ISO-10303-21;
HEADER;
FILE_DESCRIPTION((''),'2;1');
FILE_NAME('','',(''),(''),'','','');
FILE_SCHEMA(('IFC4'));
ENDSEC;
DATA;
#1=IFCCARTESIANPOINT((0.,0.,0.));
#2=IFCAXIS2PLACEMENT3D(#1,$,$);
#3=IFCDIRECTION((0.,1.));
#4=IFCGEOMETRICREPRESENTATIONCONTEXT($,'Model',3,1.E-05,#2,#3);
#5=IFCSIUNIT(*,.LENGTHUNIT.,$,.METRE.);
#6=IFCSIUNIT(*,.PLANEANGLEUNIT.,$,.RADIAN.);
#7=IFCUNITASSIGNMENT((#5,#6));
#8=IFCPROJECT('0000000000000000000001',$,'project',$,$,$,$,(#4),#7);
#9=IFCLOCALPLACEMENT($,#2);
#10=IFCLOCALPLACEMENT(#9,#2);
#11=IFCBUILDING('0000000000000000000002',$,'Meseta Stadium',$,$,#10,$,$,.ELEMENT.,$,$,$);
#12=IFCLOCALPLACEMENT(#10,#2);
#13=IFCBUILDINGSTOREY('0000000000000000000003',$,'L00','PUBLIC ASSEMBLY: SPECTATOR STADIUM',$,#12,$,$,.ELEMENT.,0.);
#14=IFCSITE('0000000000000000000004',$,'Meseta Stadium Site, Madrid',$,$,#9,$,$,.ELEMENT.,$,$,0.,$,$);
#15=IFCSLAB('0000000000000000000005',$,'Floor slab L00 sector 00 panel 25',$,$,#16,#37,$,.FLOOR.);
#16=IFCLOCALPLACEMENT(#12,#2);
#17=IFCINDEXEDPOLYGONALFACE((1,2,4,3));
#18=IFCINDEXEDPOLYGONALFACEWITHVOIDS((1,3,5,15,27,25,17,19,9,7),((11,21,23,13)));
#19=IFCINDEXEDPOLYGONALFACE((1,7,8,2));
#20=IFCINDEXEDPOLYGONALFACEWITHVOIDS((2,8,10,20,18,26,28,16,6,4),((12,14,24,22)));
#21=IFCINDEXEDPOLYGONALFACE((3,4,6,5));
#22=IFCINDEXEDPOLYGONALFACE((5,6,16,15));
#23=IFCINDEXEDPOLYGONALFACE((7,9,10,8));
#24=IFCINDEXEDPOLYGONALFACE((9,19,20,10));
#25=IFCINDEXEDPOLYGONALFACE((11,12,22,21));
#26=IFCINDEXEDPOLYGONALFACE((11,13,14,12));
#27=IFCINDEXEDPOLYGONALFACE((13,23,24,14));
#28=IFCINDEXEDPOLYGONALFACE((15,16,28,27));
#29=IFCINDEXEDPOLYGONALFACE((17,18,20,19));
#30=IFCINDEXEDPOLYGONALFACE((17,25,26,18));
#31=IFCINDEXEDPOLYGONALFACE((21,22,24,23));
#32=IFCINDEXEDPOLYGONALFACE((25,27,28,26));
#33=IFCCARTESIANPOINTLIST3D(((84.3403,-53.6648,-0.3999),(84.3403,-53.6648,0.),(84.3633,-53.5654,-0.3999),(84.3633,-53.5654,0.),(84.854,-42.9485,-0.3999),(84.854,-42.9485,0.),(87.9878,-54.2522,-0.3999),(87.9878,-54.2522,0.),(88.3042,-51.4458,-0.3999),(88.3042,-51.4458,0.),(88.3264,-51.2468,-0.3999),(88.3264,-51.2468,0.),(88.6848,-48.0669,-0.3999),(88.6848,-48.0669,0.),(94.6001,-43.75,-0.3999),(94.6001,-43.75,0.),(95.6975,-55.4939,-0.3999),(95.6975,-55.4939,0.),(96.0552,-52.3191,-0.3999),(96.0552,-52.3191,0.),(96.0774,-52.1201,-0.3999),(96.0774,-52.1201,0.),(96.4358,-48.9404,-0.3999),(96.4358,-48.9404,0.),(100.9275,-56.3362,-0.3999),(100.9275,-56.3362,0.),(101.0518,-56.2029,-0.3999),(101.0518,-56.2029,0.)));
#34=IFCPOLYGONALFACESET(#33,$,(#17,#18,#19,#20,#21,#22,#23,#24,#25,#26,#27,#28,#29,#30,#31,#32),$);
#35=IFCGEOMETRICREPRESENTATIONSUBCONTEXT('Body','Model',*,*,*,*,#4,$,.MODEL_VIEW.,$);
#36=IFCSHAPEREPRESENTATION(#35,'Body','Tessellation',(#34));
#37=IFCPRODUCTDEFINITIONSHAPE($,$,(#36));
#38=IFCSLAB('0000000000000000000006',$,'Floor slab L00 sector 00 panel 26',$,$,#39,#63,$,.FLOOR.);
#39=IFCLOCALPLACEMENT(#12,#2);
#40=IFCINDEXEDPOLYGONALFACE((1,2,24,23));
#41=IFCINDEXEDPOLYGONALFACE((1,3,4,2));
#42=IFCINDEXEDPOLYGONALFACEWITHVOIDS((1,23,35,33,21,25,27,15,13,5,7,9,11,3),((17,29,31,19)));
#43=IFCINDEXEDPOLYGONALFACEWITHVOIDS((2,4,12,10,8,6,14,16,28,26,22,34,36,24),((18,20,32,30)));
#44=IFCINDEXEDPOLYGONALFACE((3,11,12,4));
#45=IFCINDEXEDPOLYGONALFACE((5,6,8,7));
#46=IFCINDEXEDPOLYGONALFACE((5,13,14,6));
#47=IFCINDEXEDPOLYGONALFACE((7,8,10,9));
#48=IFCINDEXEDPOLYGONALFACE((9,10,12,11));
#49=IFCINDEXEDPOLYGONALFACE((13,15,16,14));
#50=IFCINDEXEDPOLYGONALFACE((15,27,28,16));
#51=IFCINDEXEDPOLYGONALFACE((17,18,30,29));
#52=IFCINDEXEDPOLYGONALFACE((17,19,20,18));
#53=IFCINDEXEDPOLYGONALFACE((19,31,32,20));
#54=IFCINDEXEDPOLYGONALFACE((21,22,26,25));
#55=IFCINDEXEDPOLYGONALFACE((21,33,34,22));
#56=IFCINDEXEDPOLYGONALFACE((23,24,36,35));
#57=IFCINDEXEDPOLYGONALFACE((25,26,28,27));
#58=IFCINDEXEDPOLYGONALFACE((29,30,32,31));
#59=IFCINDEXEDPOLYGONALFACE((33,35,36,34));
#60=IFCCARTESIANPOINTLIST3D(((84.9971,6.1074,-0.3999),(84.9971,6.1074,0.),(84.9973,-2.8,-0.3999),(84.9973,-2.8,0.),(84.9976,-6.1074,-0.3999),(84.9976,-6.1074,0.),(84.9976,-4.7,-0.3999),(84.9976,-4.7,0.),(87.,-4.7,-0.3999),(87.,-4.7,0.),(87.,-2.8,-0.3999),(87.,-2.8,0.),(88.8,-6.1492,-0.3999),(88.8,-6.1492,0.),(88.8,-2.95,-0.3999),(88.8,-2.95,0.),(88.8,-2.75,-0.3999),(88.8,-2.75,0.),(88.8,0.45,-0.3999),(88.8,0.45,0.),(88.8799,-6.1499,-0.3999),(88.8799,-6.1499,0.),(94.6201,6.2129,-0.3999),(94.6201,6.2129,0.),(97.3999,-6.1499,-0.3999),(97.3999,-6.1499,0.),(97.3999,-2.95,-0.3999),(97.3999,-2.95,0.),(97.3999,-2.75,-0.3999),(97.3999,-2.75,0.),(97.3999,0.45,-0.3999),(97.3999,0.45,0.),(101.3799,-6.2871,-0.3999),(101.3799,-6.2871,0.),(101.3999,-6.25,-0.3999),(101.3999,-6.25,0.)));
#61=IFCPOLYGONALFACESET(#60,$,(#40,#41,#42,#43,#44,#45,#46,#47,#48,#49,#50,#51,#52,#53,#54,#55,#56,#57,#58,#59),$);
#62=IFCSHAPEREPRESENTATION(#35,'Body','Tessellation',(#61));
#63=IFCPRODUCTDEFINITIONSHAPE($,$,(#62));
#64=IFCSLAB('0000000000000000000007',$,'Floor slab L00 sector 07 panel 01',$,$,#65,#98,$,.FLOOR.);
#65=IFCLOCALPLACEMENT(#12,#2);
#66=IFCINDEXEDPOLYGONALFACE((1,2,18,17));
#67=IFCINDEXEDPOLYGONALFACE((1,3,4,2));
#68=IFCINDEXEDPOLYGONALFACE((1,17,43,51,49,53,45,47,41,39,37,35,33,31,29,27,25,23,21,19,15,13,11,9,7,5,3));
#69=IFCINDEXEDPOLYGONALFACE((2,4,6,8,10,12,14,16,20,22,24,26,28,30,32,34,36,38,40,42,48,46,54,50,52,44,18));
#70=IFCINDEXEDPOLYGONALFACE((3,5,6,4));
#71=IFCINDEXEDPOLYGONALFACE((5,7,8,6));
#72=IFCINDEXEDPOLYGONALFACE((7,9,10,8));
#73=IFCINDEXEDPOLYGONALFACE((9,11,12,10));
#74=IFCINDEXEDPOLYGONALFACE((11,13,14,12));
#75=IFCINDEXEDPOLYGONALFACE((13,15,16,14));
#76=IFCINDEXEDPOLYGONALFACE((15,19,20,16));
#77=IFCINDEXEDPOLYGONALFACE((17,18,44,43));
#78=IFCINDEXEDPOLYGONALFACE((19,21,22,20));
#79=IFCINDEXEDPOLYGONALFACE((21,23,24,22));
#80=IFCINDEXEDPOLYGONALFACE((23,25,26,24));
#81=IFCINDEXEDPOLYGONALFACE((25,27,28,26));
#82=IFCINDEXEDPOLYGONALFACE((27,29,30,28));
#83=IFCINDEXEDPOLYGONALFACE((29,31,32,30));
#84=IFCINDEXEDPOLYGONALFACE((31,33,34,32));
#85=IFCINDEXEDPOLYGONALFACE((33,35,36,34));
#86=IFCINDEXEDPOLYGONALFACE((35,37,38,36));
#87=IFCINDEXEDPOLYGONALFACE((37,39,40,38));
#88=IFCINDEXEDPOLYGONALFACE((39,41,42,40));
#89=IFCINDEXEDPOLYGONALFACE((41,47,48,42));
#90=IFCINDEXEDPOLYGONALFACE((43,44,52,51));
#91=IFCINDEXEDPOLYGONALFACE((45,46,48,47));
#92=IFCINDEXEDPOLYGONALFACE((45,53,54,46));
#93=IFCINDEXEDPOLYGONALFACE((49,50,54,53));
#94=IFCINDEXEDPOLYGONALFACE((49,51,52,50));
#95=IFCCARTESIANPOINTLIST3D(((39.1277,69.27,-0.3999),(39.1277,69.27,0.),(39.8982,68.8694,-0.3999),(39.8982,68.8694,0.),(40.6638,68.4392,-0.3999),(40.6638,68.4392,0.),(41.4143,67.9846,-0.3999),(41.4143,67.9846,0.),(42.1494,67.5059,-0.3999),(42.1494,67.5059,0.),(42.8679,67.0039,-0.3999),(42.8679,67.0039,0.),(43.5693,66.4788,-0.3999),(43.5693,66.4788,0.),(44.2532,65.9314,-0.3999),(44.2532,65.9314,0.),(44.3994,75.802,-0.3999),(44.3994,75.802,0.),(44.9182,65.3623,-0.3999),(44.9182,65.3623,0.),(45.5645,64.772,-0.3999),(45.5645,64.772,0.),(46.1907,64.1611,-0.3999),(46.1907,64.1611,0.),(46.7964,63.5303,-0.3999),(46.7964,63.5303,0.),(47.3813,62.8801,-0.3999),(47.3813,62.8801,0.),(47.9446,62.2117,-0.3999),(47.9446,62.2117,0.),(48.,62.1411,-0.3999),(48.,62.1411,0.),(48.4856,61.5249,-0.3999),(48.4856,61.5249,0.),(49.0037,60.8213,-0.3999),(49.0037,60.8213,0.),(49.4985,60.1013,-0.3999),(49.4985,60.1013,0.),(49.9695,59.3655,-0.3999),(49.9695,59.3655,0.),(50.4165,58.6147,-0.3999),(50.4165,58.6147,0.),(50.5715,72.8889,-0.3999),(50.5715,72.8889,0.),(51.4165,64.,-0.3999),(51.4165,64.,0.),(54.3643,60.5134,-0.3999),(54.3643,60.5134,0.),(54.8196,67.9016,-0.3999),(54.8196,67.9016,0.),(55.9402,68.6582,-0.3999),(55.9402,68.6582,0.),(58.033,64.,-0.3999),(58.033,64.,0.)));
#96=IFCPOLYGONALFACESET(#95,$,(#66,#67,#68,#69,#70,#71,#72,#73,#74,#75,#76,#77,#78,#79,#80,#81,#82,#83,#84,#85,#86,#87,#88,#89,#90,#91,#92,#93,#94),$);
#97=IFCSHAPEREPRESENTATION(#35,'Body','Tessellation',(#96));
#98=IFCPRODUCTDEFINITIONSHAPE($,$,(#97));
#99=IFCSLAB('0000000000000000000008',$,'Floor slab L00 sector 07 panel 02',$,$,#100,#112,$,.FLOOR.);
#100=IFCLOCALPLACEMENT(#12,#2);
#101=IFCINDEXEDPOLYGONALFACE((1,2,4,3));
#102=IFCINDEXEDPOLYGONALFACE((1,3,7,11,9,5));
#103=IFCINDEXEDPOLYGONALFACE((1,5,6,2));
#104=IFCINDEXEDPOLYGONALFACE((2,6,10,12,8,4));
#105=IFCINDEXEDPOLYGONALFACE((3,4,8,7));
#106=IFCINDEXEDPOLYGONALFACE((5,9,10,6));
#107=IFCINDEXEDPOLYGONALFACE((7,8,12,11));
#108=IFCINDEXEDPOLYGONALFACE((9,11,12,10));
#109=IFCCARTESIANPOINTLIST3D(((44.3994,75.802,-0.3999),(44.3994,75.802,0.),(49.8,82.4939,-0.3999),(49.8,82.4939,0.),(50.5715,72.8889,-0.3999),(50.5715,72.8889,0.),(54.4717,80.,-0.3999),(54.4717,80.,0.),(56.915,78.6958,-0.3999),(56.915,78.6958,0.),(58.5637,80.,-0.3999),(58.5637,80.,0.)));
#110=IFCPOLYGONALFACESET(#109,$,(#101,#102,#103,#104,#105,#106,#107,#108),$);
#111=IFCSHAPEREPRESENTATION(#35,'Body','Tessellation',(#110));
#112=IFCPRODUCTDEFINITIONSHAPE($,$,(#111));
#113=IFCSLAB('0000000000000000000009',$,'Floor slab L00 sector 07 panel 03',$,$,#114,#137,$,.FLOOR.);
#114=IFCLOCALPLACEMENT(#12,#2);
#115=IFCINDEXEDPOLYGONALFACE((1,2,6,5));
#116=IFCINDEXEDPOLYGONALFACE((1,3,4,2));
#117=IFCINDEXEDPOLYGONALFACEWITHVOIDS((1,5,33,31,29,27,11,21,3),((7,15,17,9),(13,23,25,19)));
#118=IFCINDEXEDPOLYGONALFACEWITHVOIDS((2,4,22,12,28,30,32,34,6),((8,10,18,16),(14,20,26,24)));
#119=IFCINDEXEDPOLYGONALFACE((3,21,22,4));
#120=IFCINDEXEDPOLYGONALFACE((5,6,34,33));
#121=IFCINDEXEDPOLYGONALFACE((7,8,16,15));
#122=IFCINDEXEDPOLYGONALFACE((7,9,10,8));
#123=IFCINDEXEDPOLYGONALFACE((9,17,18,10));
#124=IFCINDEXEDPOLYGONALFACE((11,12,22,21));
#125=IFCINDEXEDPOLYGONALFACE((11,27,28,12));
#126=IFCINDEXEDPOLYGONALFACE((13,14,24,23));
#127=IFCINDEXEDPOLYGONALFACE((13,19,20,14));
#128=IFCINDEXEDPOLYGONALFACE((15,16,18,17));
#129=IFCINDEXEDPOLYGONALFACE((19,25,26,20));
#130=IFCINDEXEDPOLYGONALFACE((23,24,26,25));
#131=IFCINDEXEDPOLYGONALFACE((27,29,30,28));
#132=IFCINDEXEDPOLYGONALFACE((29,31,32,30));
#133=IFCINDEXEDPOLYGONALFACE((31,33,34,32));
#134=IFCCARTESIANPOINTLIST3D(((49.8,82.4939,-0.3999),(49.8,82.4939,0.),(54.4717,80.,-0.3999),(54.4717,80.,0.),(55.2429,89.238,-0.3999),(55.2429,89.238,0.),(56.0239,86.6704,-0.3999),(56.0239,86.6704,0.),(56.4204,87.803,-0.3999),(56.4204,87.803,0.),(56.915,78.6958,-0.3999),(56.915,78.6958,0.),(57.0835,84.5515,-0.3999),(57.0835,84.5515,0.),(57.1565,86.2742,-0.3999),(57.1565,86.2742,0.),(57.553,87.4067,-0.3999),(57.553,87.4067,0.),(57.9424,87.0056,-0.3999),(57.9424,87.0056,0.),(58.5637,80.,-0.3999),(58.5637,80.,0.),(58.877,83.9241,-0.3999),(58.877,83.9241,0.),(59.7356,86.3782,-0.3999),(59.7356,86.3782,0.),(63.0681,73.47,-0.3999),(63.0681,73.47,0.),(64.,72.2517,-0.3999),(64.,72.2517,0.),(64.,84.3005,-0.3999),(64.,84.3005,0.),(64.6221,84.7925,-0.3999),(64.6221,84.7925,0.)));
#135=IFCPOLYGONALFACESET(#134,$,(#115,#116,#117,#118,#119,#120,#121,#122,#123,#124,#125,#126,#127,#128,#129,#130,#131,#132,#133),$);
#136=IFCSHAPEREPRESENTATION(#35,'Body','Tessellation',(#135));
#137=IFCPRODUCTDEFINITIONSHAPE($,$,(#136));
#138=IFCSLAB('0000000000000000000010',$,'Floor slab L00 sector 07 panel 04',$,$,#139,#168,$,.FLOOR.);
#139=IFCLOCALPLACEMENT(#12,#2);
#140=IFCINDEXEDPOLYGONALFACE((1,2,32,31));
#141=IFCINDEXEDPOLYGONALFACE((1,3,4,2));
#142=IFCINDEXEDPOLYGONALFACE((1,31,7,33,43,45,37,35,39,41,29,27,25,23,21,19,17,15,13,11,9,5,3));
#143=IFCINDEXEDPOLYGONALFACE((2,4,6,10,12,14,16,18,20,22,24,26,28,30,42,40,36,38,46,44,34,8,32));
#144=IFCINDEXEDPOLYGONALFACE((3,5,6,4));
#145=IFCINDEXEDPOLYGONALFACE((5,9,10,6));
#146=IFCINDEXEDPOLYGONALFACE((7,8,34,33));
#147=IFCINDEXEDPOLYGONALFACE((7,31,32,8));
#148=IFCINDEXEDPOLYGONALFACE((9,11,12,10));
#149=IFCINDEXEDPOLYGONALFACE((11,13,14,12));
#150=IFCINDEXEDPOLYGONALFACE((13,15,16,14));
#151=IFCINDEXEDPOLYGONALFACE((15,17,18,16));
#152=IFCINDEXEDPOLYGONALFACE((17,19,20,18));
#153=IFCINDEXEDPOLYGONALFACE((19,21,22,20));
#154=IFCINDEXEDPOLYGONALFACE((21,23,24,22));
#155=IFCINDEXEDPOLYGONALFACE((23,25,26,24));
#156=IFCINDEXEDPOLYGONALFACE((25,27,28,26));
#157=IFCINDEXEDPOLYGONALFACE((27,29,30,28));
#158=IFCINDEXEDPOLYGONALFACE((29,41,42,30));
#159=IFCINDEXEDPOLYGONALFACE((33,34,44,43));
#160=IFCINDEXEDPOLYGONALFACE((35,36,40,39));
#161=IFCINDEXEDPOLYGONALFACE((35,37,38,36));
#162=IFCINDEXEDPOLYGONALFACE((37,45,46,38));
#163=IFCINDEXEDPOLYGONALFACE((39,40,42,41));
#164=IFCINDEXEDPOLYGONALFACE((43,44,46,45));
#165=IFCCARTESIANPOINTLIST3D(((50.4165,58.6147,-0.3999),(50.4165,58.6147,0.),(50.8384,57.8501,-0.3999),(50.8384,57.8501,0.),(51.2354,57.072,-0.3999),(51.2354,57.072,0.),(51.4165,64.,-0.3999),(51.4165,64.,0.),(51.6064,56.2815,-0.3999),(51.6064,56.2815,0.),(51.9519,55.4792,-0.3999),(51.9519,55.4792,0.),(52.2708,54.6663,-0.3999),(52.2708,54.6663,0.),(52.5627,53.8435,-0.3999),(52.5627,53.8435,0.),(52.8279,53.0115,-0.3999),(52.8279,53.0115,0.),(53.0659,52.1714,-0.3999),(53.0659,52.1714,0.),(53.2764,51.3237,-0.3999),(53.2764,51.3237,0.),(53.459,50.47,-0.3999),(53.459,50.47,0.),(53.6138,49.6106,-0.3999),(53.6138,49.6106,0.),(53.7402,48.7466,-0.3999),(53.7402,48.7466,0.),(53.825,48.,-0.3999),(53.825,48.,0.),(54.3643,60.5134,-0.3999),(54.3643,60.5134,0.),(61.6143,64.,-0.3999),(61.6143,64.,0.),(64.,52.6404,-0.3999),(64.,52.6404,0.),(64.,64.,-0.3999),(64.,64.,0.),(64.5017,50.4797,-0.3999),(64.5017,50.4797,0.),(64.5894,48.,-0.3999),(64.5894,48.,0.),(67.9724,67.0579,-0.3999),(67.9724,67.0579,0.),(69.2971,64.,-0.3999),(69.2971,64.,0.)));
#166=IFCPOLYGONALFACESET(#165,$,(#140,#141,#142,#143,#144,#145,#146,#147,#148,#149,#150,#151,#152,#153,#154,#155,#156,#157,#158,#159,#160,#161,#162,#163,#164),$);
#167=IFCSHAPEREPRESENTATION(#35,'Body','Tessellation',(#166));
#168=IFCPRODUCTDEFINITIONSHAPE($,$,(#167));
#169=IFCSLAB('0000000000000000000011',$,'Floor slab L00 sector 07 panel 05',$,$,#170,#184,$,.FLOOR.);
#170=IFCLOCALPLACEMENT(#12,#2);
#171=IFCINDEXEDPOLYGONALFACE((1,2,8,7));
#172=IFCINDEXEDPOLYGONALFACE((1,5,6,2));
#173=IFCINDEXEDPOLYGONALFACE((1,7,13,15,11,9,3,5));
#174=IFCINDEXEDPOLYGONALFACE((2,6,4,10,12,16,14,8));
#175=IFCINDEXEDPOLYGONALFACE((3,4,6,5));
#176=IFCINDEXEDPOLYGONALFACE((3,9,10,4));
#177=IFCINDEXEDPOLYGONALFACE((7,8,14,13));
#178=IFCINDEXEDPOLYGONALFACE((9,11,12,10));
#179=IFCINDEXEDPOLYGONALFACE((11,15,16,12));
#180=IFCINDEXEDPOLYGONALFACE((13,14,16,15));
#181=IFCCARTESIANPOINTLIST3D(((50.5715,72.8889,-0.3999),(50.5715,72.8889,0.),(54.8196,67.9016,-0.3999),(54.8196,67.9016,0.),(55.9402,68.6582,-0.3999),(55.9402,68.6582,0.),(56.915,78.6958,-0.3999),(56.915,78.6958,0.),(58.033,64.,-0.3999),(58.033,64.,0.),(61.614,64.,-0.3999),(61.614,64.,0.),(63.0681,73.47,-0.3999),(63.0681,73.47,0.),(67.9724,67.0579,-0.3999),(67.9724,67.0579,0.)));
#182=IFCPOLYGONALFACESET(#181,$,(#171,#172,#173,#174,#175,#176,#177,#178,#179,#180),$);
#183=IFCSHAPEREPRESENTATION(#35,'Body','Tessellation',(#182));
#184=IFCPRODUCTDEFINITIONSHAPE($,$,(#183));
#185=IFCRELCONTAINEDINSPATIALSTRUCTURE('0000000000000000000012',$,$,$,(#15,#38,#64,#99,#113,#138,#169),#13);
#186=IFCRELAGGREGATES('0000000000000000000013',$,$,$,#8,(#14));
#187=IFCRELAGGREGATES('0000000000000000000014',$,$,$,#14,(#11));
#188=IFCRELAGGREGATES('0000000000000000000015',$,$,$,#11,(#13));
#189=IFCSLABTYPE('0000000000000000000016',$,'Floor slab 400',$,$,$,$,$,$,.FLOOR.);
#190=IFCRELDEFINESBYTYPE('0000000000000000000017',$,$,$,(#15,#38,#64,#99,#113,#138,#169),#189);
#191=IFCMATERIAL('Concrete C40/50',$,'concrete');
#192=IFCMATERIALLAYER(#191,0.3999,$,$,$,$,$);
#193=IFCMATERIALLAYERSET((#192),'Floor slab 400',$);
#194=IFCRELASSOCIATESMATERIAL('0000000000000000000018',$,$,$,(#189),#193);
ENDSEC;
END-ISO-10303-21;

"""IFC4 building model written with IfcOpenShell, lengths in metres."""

from ifc_helpers import new_model, si_unit, direction, frame, origin, place, context, subcontext, project, spatial, polyline, outline, extrude, material, layer, layer_set, type_object, element, save


model = new_model("IFC4")

# Units and contexts
model_context = context("Model", 3, precision=1e-05, world=origin(), true_north=direction((0.0, 1.0)))
body_context = subcontext(model_context, "Body", "Model", "MODEL_VIEW")
ifc_project = project(units=[si_unit("LENGTHUNIT", "METRE"), si_unit("PLANEANGLEUNIT", "RADIAN")], contexts=[model_context])

# Site, building, storey
site_placement = place(None, origin())
site = spatial("IfcSite", under=ifc_project, at=site_placement, Name="Meseta Stadium Site, Madrid", CompositionType="ELEMENT", RefElevation=0.0)
building_placement = place(site_placement, origin())
building = spatial("IfcBuilding", under=site, at=building_placement, Name="Meseta Stadium", CompositionType="ELEMENT")
storey_placement = place(building_placement, origin())
storey = spatial("IfcBuildingStorey", under=building, at=storey_placement, Name="L00", Description="PUBLIC ASSEMBLY: SPECTATOR STADIUM", CompositionType="ELEMENT", Elevation=0.0)

# Slabs
ifc_material = material(Name="Concrete C40/50", Category="concrete")
ifc_layer = layer(ifc_material, 0.3999)
ifc_layer_set = layer_set([ifc_layer], Name="Floor slab 400")
slab_type = type_object("IfcSlabType", Name="Floor slab 400", PredefinedType="FLOOR", material=ifc_layer_set)
slab_1_placement = place(storey_placement, frame((0.0, 0.0, -0.3999)))
element("IfcSlab", 1, at=slab_1_placement, inside=storey, type_object=slab_type, Name="Floor slab L00 sector 00 panel 25", PredefinedType="FLOOR", context=body_context, shape_type="SweptSolid", body=[
    extrude(outline(polyline([(96.0552, -52.3191), (95.6975, -55.4939), (100.9275, -56.3362), (101.0518, -56.2029), (94.6001, -43.75), (84.854, -42.9485), (84.3633, -53.5654), (84.3403, -53.6648), (87.9878, -54.2522), (88.3042, -51.4458), (96.0552, -52.3191)]), holes=[polyline([(96.0774, -52.1201), (88.3264, -51.2468), (88.6848, -48.0669), (96.4358, -48.9404), (96.0774, -52.1201)])]), origin(), (0.0, 0.0, 1.0), 0.3999),
])
slab_2_placement = place(storey_placement, frame((0.0, 0.0, -0.3999)))
element("IfcSlab", 2, at=slab_2_placement, inside=storey, type_object=slab_type, Name="Floor slab L00 sector 00 panel 26", PredefinedType="FLOOR", context=body_context, shape_type="SweptSolid", body=[
    extrude(outline(polyline([(88.8799, -6.1499), (101.3799, -6.2871), (101.3999, -6.25), (94.6201, 6.2129), (84.9971, 6.1074), (84.9973, -2.8), (87.0, -2.8), (87.0, -4.7), (84.9976, -4.7), (84.9976, -6.1074), (88.8, -6.1492), (88.8, -2.95), (97.3999, -2.95), (97.3999, -6.1499), (88.8799, -6.1499)]), holes=[polyline([(97.3999, -2.75), (88.8, -2.75), (88.8, 0.45), (97.3999, 0.45), (97.3999, -2.75)])]), origin(), (0.0, 0.0, 1.0), 0.3999),
])
slab_3_placement = place(storey_placement, frame((0.0, 0.0, -0.3999)))
element("IfcSlab", 3, at=slab_3_placement, inside=storey, type_object=slab_type, Name="Floor slab L00 sector 07 panel 01", PredefinedType="FLOOR", context=body_context, shape_type="SweptSolid", body=[
    extrude(outline(polyline([(50.4165, 58.6147), (54.3643, 60.5134), (51.4165, 64.0), (58.033, 64.0), (54.8196, 67.9016), (55.9402, 68.6582), (50.5715, 72.8889), (44.3994, 75.802), (39.1277, 69.27), (39.8982, 68.8694), (40.6638, 68.4392), (41.4143, 67.9846), (42.1494, 67.5059), (42.8679, 67.0039), (43.5693, 66.4788), (44.2532, 65.9314), (44.9182, 65.3623), (45.5645, 64.772), (46.1907, 64.1611), (46.7964, 63.5303), (47.3813, 62.8801), (47.9446, 62.2117), (48.0, 62.1411), (48.4856, 61.5249), (49.0037, 60.8213), (49.4985, 60.1013), (49.9695, 59.3655), (50.4165, 58.6147)])), origin(), (0.0, 0.0, 1.0), 0.3999),
])
slab_4_placement = place(storey_placement, frame((0.0, 0.0, -0.3999)))
element("IfcSlab", 4, at=slab_4_placement, inside=storey, type_object=slab_type, Name="Floor slab L00 sector 07 panel 02", PredefinedType="FLOOR", context=body_context, shape_type="SweptSolid", body=[
    extrude(outline(polyline([(49.8, 82.4939), (44.3994, 75.802), (50.5715, 72.8889), (56.915, 78.6958), (58.5637, 80.0), (54.4717, 80.0), (49.8, 82.4939)])), origin(), (0.0, 0.0, 1.0), 0.3999),
])
slab_5_placement = place(storey_placement, frame((0.0, 0.0, -0.3999)))
element("IfcSlab", 5, at=slab_5_placement, inside=storey, type_object=slab_type, Name="Floor slab L00 sector 07 panel 03", PredefinedType="FLOOR", context=body_context, shape_type="SweptSolid", body=[
    extrude(outline(polyline([(64.0, 72.2517), (64.0, 84.3005), (64.6221, 84.7925), (55.2429, 89.238), (49.8, 82.4939), (54.4717, 80.0), (58.5637, 80.0), (56.915, 78.6958), (63.0681, 73.47), (64.0, 72.2517)]), holes=[polyline([(59.7356, 86.3782), (58.877, 83.9241), (57.0835, 84.5515), (57.9424, 87.0056), (59.7356, 86.3782)]), polyline([(57.1565, 86.2742), (56.0239, 86.6704), (56.4204, 87.803), (57.553, 87.4067), (57.1565, 86.2742)])]), origin(), (0.0, 0.0, 1.0), 0.3999),
])
slab_6_placement = place(storey_placement, frame((0.0, 0.0, -0.3999)))
element("IfcSlab", 6, at=slab_6_placement, inside=storey, type_object=slab_type, Name="Floor slab L00 sector 07 panel 04", PredefinedType="FLOOR", context=body_context, shape_type="SweptSolid", body=[
    extrude(outline(polyline([(51.2354, 57.072), (51.6064, 56.2815), (51.9519, 55.4792), (52.2708, 54.6663), (52.5627, 53.8435), (52.8279, 53.0115), (53.0659, 52.1714), (53.2764, 51.3237), (53.459, 50.47), (53.6138, 49.6106), (53.7402, 48.7466), (53.825, 48.0), (64.5894, 48.0), (64.5017, 50.4797), (64.0, 52.6404), (64.0, 64.0), (69.2971, 64.0), (67.9724, 67.0579), (61.6143, 64.0), (51.4165, 64.0), (54.3643, 60.5134), (50.4165, 58.6147), (50.8384, 57.8501), (51.2354, 57.072)])), origin(), (0.0, 0.0, 1.0), 0.3999),
])
slab_7_placement = place(storey_placement, frame((0.0, 0.0, -0.3999)))
element("IfcSlab", 7, at=slab_7_placement, inside=storey, type_object=slab_type, Name="Floor slab L00 sector 07 panel 05", PredefinedType="FLOOR", context=body_context, shape_type="SweptSolid", body=[
    extrude(outline(polyline([(54.8196, 67.9016), (58.033, 64.0), (61.614, 64.0), (67.9724, 67.0579), (63.0681, 73.47), (56.915, 78.6958), (50.5715, 72.8889), (55.9402, 68.6582), (54.8196, 67.9016)])), origin(), (0.0, 0.0, 1.0), 0.3999),
])

save(model, "model.ifc")
